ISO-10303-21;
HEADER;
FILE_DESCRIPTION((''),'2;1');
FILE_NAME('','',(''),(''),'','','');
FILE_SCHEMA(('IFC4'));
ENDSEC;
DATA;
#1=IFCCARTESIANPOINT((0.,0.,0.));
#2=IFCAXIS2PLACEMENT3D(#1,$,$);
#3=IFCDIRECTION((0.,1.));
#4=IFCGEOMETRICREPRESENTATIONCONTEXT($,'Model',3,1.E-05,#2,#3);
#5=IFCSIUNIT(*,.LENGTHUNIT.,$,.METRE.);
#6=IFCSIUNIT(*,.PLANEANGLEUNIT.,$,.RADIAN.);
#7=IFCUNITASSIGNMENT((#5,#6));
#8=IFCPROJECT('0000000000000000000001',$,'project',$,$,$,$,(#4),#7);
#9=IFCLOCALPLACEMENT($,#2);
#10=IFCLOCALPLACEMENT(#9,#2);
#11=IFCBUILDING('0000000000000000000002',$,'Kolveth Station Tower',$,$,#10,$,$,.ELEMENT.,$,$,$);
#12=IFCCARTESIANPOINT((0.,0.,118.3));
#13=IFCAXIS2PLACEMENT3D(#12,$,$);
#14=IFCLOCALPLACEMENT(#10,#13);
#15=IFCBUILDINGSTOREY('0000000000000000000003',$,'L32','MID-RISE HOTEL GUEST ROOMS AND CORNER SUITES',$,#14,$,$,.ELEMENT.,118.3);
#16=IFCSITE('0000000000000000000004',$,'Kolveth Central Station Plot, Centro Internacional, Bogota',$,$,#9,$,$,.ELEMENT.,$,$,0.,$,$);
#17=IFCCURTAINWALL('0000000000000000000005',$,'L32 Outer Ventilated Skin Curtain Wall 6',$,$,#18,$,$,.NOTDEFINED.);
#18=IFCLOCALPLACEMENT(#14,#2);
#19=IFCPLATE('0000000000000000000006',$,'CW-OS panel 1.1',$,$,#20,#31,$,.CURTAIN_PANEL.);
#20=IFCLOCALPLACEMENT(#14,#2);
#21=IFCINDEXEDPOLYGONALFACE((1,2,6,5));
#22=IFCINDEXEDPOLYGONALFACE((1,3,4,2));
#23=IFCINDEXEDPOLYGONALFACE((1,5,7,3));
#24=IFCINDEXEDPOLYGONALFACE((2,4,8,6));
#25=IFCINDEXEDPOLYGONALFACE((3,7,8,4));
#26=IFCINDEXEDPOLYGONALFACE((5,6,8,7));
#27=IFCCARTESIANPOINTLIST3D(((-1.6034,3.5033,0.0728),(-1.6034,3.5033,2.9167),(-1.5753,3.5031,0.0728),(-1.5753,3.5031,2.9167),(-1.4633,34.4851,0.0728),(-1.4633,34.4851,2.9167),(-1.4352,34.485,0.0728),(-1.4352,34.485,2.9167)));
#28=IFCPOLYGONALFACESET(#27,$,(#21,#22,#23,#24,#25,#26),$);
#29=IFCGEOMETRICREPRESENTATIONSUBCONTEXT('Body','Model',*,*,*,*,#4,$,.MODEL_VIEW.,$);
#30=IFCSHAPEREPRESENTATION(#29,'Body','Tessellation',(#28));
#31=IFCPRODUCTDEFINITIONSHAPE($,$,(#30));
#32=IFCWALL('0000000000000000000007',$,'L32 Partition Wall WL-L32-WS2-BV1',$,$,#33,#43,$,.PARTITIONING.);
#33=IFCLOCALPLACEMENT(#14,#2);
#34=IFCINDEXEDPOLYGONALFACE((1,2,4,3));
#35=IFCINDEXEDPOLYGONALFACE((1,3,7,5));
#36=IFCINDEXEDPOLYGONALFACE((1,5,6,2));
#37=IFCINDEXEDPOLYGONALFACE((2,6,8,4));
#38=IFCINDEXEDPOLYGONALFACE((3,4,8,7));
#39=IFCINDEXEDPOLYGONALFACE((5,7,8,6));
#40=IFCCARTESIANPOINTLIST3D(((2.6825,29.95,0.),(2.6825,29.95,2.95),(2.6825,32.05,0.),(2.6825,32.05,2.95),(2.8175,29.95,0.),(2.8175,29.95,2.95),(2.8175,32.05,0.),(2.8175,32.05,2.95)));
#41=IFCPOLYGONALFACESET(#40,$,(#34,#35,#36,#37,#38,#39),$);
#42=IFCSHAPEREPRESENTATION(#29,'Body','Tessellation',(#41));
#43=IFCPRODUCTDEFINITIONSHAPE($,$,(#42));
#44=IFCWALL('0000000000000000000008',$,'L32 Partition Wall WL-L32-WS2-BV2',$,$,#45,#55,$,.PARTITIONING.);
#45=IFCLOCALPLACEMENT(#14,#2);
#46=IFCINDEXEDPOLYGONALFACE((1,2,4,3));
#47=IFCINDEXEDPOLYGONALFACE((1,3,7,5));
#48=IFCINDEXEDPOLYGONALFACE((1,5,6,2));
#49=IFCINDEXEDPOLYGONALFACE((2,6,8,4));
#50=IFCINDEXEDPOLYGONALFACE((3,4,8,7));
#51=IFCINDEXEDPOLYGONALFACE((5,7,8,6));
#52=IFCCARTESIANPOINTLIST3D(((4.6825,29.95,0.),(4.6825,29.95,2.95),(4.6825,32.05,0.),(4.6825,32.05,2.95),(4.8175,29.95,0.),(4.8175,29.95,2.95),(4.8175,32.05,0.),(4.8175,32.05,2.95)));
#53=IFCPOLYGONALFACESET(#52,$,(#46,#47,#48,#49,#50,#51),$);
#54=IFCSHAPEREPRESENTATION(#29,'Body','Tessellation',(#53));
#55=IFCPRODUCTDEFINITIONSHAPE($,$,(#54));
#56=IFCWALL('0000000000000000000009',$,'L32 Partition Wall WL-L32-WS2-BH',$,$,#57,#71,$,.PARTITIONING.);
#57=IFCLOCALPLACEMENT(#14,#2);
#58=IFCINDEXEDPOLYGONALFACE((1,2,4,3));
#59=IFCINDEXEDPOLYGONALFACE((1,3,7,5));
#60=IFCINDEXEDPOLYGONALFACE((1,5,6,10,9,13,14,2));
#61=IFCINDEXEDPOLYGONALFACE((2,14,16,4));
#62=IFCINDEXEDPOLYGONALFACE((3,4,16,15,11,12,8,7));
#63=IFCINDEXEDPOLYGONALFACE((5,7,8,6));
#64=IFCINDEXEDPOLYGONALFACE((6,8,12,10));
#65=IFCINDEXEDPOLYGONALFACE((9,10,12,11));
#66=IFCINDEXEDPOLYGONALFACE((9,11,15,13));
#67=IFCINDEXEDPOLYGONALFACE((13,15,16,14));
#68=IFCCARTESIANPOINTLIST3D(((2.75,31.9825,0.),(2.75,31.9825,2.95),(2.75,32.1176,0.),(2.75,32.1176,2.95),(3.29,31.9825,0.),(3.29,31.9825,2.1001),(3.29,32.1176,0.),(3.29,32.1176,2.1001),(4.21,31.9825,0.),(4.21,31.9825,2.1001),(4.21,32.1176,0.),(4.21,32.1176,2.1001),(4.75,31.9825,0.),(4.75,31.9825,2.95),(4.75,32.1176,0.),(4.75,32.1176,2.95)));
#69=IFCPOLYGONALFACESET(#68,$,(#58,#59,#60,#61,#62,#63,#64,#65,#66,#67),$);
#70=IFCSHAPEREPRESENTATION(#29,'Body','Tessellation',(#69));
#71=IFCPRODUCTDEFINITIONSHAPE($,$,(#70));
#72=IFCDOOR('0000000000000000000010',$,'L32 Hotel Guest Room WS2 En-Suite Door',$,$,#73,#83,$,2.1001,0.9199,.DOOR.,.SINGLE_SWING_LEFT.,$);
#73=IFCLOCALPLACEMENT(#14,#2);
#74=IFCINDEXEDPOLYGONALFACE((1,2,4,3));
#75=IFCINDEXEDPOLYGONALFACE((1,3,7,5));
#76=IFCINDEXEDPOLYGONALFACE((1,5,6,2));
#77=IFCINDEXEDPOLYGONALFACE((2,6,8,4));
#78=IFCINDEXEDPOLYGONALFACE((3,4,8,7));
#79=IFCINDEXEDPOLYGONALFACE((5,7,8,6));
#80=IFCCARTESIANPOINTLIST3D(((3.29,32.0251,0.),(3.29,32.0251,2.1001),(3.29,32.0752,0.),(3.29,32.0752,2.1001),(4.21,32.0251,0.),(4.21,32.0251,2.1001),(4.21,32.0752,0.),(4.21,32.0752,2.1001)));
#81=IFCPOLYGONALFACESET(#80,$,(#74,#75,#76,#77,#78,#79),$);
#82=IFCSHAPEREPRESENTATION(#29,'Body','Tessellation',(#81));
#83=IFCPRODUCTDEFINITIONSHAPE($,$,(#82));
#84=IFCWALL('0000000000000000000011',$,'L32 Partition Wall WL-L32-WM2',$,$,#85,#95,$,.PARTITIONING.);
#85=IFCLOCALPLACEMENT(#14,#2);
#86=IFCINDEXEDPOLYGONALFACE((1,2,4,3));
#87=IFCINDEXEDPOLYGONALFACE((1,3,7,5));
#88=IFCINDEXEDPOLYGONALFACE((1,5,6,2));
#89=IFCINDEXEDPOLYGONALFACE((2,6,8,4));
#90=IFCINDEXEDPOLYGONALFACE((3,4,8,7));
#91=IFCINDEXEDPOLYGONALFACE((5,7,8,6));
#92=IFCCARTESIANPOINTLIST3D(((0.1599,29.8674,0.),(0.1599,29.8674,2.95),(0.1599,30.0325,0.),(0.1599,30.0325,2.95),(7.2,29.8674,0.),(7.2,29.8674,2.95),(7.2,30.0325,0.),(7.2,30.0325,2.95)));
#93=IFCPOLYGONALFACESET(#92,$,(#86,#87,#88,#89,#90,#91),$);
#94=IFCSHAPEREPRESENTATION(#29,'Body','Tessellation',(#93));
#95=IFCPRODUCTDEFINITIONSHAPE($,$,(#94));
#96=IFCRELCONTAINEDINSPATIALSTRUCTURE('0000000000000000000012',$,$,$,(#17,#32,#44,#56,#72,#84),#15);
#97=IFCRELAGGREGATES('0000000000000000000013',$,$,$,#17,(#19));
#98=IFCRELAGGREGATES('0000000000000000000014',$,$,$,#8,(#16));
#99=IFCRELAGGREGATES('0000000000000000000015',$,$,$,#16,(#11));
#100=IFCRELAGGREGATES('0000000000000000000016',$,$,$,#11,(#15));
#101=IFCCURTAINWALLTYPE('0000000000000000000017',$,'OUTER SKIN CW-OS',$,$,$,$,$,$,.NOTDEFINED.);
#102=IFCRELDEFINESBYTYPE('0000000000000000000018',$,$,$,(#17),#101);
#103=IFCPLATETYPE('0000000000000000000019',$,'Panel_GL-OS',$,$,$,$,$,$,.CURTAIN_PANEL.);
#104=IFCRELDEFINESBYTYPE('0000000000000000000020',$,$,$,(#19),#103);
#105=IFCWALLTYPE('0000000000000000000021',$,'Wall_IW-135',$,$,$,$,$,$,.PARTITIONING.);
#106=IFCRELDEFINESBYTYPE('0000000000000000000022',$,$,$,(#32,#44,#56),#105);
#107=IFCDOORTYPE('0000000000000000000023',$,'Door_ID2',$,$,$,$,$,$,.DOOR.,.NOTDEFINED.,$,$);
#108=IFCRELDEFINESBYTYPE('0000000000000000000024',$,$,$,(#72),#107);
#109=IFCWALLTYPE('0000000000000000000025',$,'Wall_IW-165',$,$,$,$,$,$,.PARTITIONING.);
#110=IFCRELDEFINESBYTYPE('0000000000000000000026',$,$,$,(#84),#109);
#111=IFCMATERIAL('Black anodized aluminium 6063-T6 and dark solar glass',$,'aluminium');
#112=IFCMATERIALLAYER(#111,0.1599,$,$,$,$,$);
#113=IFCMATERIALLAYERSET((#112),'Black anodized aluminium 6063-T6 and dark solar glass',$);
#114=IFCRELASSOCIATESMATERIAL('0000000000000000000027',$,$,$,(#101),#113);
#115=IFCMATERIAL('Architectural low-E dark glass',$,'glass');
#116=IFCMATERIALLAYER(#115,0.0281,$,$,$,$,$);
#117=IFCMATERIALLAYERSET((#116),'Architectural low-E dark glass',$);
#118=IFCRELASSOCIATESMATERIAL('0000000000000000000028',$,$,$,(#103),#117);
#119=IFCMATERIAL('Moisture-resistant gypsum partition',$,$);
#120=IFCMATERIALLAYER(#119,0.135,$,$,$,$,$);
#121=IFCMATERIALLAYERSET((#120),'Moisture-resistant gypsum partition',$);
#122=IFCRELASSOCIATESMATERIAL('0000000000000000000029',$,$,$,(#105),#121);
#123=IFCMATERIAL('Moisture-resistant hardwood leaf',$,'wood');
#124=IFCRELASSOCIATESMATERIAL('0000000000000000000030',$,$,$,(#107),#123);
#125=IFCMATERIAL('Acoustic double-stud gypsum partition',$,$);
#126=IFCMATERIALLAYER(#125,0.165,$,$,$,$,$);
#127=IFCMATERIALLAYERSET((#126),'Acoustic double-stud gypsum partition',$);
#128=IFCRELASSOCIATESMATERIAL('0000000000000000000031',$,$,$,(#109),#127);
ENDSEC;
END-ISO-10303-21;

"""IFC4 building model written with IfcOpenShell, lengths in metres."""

from ifc_helpers import new_model, si_unit, direction, frame, frame_2d, origin, origin_2d, place, context, subcontext, project, spatial, rectangle, extrude, source, transform, mapped, material, layer, layer_set, type_object, element, fill, aggregate, save


model = new_model("IFC4")

# Units and contexts
model_context = context("Model", 3, precision=1e-05, world=origin(), true_north=direction((0.0, 1.0)))
body_context = subcontext(model_context, "Body", "Model", "MODEL_VIEW")
ifc_project = project(units=[si_unit("LENGTHUNIT", "METRE"), si_unit("PLANEANGLEUNIT", "RADIAN")], contexts=[model_context])

# Site, building, storey
site_placement = place(None, origin())
site = spatial("IfcSite", under=ifc_project, at=site_placement, Name="Kolveth Central Station Plot, Centro Internacional, Bogota", CompositionType="ELEMENT", RefElevation=0.0)
building_placement = place(site_placement, origin())
building = spatial("IfcBuilding", under=site, at=building_placement, Name="Kolveth Station Tower", CompositionType="ELEMENT")
storey_placement = place(building_placement, frame((0.0, 0.0, 118.3)))
storey = spatial("IfcBuildingStorey", under=building, at=storey_placement, Name="L32", Description="MID-RISE HOTEL GUEST ROOMS AND CORNER SUITES", CompositionType="ELEMENT", Elevation=118.3)

# Shared definitions
ifc_material_1 = material(Name="Architectural low-E dark glass", Category="glass")

# Curtain wall, plate
ifc_material_2 = material(Name="Black anodized aluminium 6063-T6 and dark solar glass", Category="aluminium")
ifc_layer_1 = layer(ifc_material_2, 0.1599)
ifc_layer_set_1 = layer_set([ifc_layer_1], Name="Black anodized aluminium 6063-T6 and dark solar glass")
curtain_wall_type_1 = type_object("IfcCurtainWallType", Name="OUTER SKIN CW-OS", PredefinedType="NOTDEFINED", material=ifc_layer_set_1)
curtain_wall_1_placement = place(storey_placement, origin())
curtain_wall_1 = element("IfcCurtainWall", 1, at=curtain_wall_1_placement, inside=storey, type_object=curtain_wall_type_1, Name="L32 Outer Ventilated Skin Curtain Wall 6", PredefinedType="NOTDEFINED")
ifc_layer_2 = layer(ifc_material_1, 0.0281)
ifc_layer_set_2 = layer_set([ifc_layer_2], Name="Architectural low-E dark glass")
plate_type_1 = type_object("IfcPlateType", Name="Panel_GL-OS", PredefinedType="CURTAIN_PANEL", material=ifc_layer_set_2)
shared_shape_1 = source(origin(), body_context, "Body", "SweptSolid", [
    extrude(rectangle(XDim=30.9822, YDim=0.0281, at=origin_2d()), origin(), (0.0, 0.0, 1.0), 2.844),
])
plate_1_placement = place(storey_placement, frame((-1.5193, 18.9941, 0.0728), z_axis=(0.0, 0.0, 1.0), x_axis=(-0.004524, -0.99999, 0.0)))
plate_1 = element("IfcPlate", 2, at=plate_1_placement, type_object=plate_type_1, Name="CW-OS panel 1.1", PredefinedType="CURTAIN_PANEL", context=body_context, shape_type="MappedRepresentation", body=[
    mapped(shared_shape_1, transform((0.0, 0.0, 0.0), x_axis=(1.0, 0.0, 0.0), y_axis=(0.0, 1.0, 0.0), z_axis=(0.0, 0.0, 1.0), scale=1.0)),
])
aggregate(curtain_wall_1, [plate_1])

# Walls
ifc_material_3 = material(Name="Moisture-resistant gypsum partition")
ifc_layer_3 = layer(ifc_material_3, 0.135)
ifc_layer_set_3 = layer_set([ifc_layer_3], Name="Moisture-resistant gypsum partition")
wall_type_1 = type_object("IfcWallType", Name="Wall_IW-135", PredefinedType="PARTITIONING", material=ifc_layer_set_3)
for number, where, z_axis, x_axis, name in (
    (3, (2.75, 29.95, 0.0), (0.0, 0.0, 1.0), (0.0, 1.0, 0.0), "L32 Partition Wall WL-L32-WS2-BV1"),
    (4, (4.75, 29.95, 0.0), (0.0, 0.0, 1.0), (0.0, 1.0, 0.0), "L32 Partition Wall WL-L32-WS2-BV2"),
):
    element("IfcWall", number, at=place(storey_placement, frame(where, z_axis=z_axis, x_axis=x_axis)), inside=storey, type_object=wall_type_1, Name=name, PredefinedType="PARTITIONING", context=body_context, shape_type="SweptSolid", body=[
        extrude(rectangle(XDim=2.1001, YDim=0.135, at=frame_2d((1.05, 0.0))), origin(), (0.0, 0.0, 1.0), 2.95),
    ])

# Wall, opening, door
wall_1_placement = place(storey_placement, frame((2.75, 32.05, 0.0), z_axis=(0.0, 0.0, 1.0), x_axis=(1.0, 0.0, 0.0)))
wall_1 = element("IfcWall", 5, at=wall_1_placement, inside=storey, type_object=wall_type_1, Name="L32 Partition Wall WL-L32-WS2-BH", PredefinedType="PARTITIONING", context=body_context, shape_type="SweptSolid", body=[
    extrude(rectangle(XDim=2.0, YDim=0.135, at=frame_2d((1.0, 0.0))), origin(), (0.0, 0.0, 1.0), 2.95),
])
opening_placement = place(wall_1_placement, frame((0.54, 0.0, 0.0)))
opening = element("IfcOpeningElement", 6, at=opening_placement, cuts=wall_1, PredefinedType="OPENING", context=body_context, shape_type="SweptSolid", body=[
    extrude(rectangle(XDim=0.9199, YDim=2.1001, at=frame_2d((0.46, 1.05))), frame((0.0, 0.0774, 0.0), z_axis=(0.0, -1.0, 0.0), x_axis=(1.0, 0.0, 0.0)), (0.0, 0.0, 1.0), 0.155),
])
ifc_material_4 = material(Name="Moisture-resistant hardwood leaf", Category="wood")
door_type = type_object("IfcDoorType", Name="Door_ID2", OperationType="NOTDEFINED", PredefinedType="DOOR", material=ifc_material_4)
door_placement = place(opening_placement, frame((0.9199, 0.0, 0.0), z_axis=(0.0, 0.0, 1.0), x_axis=(-1.0, 0.0, 0.0)))
door = element("IfcDoor", 7, at=door_placement, inside=storey, type_object=door_type, Name="L32 Hotel Guest Room WS2 En-Suite Door", OperationType="SINGLE_SWING_LEFT", OverallHeight=2.1001, OverallWidth=0.9199, PredefinedType="DOOR", context=body_context, shape_type="SweptSolid", body=[
    extrude(rectangle(XDim=0.9199, YDim=2.1001, at=frame_2d((0.46, 1.05))), frame((0.0, 0.0249, 0.0), z_axis=(0.0, -1.0, 0.0), x_axis=(1.0, 0.0, 0.0)), (0.0, 0.0, 1.0), 0.05),
])
fill(opening, door)

# Wall
ifc_material_5 = material(Name="Acoustic double-stud gypsum partition")
ifc_layer_4 = layer(ifc_material_5, 0.165)
ifc_layer_set_4 = layer_set([ifc_layer_4], Name="Acoustic double-stud gypsum partition")
wall_type_2 = type_object("IfcWallType", Name="Wall_IW-165", PredefinedType="PARTITIONING", material=ifc_layer_set_4)
wall_2_placement = place(storey_placement, frame((0.1599, 29.95, 0.0), z_axis=(0.0, 0.0, 1.0), x_axis=(1.0, 0.0, 0.0)))
element("IfcWall", 8, at=wall_2_placement, inside=storey, type_object=wall_type_2, Name="L32 Partition Wall WL-L32-WM2", PredefinedType="PARTITIONING", context=body_context, shape_type="SweptSolid", body=[
    extrude(rectangle(XDim=7.04, YDim=0.165, at=frame_2d((3.52, 0.0))), origin(), (0.0, 0.0, 1.0), 2.95),
])

save(model, "model.ifc")
